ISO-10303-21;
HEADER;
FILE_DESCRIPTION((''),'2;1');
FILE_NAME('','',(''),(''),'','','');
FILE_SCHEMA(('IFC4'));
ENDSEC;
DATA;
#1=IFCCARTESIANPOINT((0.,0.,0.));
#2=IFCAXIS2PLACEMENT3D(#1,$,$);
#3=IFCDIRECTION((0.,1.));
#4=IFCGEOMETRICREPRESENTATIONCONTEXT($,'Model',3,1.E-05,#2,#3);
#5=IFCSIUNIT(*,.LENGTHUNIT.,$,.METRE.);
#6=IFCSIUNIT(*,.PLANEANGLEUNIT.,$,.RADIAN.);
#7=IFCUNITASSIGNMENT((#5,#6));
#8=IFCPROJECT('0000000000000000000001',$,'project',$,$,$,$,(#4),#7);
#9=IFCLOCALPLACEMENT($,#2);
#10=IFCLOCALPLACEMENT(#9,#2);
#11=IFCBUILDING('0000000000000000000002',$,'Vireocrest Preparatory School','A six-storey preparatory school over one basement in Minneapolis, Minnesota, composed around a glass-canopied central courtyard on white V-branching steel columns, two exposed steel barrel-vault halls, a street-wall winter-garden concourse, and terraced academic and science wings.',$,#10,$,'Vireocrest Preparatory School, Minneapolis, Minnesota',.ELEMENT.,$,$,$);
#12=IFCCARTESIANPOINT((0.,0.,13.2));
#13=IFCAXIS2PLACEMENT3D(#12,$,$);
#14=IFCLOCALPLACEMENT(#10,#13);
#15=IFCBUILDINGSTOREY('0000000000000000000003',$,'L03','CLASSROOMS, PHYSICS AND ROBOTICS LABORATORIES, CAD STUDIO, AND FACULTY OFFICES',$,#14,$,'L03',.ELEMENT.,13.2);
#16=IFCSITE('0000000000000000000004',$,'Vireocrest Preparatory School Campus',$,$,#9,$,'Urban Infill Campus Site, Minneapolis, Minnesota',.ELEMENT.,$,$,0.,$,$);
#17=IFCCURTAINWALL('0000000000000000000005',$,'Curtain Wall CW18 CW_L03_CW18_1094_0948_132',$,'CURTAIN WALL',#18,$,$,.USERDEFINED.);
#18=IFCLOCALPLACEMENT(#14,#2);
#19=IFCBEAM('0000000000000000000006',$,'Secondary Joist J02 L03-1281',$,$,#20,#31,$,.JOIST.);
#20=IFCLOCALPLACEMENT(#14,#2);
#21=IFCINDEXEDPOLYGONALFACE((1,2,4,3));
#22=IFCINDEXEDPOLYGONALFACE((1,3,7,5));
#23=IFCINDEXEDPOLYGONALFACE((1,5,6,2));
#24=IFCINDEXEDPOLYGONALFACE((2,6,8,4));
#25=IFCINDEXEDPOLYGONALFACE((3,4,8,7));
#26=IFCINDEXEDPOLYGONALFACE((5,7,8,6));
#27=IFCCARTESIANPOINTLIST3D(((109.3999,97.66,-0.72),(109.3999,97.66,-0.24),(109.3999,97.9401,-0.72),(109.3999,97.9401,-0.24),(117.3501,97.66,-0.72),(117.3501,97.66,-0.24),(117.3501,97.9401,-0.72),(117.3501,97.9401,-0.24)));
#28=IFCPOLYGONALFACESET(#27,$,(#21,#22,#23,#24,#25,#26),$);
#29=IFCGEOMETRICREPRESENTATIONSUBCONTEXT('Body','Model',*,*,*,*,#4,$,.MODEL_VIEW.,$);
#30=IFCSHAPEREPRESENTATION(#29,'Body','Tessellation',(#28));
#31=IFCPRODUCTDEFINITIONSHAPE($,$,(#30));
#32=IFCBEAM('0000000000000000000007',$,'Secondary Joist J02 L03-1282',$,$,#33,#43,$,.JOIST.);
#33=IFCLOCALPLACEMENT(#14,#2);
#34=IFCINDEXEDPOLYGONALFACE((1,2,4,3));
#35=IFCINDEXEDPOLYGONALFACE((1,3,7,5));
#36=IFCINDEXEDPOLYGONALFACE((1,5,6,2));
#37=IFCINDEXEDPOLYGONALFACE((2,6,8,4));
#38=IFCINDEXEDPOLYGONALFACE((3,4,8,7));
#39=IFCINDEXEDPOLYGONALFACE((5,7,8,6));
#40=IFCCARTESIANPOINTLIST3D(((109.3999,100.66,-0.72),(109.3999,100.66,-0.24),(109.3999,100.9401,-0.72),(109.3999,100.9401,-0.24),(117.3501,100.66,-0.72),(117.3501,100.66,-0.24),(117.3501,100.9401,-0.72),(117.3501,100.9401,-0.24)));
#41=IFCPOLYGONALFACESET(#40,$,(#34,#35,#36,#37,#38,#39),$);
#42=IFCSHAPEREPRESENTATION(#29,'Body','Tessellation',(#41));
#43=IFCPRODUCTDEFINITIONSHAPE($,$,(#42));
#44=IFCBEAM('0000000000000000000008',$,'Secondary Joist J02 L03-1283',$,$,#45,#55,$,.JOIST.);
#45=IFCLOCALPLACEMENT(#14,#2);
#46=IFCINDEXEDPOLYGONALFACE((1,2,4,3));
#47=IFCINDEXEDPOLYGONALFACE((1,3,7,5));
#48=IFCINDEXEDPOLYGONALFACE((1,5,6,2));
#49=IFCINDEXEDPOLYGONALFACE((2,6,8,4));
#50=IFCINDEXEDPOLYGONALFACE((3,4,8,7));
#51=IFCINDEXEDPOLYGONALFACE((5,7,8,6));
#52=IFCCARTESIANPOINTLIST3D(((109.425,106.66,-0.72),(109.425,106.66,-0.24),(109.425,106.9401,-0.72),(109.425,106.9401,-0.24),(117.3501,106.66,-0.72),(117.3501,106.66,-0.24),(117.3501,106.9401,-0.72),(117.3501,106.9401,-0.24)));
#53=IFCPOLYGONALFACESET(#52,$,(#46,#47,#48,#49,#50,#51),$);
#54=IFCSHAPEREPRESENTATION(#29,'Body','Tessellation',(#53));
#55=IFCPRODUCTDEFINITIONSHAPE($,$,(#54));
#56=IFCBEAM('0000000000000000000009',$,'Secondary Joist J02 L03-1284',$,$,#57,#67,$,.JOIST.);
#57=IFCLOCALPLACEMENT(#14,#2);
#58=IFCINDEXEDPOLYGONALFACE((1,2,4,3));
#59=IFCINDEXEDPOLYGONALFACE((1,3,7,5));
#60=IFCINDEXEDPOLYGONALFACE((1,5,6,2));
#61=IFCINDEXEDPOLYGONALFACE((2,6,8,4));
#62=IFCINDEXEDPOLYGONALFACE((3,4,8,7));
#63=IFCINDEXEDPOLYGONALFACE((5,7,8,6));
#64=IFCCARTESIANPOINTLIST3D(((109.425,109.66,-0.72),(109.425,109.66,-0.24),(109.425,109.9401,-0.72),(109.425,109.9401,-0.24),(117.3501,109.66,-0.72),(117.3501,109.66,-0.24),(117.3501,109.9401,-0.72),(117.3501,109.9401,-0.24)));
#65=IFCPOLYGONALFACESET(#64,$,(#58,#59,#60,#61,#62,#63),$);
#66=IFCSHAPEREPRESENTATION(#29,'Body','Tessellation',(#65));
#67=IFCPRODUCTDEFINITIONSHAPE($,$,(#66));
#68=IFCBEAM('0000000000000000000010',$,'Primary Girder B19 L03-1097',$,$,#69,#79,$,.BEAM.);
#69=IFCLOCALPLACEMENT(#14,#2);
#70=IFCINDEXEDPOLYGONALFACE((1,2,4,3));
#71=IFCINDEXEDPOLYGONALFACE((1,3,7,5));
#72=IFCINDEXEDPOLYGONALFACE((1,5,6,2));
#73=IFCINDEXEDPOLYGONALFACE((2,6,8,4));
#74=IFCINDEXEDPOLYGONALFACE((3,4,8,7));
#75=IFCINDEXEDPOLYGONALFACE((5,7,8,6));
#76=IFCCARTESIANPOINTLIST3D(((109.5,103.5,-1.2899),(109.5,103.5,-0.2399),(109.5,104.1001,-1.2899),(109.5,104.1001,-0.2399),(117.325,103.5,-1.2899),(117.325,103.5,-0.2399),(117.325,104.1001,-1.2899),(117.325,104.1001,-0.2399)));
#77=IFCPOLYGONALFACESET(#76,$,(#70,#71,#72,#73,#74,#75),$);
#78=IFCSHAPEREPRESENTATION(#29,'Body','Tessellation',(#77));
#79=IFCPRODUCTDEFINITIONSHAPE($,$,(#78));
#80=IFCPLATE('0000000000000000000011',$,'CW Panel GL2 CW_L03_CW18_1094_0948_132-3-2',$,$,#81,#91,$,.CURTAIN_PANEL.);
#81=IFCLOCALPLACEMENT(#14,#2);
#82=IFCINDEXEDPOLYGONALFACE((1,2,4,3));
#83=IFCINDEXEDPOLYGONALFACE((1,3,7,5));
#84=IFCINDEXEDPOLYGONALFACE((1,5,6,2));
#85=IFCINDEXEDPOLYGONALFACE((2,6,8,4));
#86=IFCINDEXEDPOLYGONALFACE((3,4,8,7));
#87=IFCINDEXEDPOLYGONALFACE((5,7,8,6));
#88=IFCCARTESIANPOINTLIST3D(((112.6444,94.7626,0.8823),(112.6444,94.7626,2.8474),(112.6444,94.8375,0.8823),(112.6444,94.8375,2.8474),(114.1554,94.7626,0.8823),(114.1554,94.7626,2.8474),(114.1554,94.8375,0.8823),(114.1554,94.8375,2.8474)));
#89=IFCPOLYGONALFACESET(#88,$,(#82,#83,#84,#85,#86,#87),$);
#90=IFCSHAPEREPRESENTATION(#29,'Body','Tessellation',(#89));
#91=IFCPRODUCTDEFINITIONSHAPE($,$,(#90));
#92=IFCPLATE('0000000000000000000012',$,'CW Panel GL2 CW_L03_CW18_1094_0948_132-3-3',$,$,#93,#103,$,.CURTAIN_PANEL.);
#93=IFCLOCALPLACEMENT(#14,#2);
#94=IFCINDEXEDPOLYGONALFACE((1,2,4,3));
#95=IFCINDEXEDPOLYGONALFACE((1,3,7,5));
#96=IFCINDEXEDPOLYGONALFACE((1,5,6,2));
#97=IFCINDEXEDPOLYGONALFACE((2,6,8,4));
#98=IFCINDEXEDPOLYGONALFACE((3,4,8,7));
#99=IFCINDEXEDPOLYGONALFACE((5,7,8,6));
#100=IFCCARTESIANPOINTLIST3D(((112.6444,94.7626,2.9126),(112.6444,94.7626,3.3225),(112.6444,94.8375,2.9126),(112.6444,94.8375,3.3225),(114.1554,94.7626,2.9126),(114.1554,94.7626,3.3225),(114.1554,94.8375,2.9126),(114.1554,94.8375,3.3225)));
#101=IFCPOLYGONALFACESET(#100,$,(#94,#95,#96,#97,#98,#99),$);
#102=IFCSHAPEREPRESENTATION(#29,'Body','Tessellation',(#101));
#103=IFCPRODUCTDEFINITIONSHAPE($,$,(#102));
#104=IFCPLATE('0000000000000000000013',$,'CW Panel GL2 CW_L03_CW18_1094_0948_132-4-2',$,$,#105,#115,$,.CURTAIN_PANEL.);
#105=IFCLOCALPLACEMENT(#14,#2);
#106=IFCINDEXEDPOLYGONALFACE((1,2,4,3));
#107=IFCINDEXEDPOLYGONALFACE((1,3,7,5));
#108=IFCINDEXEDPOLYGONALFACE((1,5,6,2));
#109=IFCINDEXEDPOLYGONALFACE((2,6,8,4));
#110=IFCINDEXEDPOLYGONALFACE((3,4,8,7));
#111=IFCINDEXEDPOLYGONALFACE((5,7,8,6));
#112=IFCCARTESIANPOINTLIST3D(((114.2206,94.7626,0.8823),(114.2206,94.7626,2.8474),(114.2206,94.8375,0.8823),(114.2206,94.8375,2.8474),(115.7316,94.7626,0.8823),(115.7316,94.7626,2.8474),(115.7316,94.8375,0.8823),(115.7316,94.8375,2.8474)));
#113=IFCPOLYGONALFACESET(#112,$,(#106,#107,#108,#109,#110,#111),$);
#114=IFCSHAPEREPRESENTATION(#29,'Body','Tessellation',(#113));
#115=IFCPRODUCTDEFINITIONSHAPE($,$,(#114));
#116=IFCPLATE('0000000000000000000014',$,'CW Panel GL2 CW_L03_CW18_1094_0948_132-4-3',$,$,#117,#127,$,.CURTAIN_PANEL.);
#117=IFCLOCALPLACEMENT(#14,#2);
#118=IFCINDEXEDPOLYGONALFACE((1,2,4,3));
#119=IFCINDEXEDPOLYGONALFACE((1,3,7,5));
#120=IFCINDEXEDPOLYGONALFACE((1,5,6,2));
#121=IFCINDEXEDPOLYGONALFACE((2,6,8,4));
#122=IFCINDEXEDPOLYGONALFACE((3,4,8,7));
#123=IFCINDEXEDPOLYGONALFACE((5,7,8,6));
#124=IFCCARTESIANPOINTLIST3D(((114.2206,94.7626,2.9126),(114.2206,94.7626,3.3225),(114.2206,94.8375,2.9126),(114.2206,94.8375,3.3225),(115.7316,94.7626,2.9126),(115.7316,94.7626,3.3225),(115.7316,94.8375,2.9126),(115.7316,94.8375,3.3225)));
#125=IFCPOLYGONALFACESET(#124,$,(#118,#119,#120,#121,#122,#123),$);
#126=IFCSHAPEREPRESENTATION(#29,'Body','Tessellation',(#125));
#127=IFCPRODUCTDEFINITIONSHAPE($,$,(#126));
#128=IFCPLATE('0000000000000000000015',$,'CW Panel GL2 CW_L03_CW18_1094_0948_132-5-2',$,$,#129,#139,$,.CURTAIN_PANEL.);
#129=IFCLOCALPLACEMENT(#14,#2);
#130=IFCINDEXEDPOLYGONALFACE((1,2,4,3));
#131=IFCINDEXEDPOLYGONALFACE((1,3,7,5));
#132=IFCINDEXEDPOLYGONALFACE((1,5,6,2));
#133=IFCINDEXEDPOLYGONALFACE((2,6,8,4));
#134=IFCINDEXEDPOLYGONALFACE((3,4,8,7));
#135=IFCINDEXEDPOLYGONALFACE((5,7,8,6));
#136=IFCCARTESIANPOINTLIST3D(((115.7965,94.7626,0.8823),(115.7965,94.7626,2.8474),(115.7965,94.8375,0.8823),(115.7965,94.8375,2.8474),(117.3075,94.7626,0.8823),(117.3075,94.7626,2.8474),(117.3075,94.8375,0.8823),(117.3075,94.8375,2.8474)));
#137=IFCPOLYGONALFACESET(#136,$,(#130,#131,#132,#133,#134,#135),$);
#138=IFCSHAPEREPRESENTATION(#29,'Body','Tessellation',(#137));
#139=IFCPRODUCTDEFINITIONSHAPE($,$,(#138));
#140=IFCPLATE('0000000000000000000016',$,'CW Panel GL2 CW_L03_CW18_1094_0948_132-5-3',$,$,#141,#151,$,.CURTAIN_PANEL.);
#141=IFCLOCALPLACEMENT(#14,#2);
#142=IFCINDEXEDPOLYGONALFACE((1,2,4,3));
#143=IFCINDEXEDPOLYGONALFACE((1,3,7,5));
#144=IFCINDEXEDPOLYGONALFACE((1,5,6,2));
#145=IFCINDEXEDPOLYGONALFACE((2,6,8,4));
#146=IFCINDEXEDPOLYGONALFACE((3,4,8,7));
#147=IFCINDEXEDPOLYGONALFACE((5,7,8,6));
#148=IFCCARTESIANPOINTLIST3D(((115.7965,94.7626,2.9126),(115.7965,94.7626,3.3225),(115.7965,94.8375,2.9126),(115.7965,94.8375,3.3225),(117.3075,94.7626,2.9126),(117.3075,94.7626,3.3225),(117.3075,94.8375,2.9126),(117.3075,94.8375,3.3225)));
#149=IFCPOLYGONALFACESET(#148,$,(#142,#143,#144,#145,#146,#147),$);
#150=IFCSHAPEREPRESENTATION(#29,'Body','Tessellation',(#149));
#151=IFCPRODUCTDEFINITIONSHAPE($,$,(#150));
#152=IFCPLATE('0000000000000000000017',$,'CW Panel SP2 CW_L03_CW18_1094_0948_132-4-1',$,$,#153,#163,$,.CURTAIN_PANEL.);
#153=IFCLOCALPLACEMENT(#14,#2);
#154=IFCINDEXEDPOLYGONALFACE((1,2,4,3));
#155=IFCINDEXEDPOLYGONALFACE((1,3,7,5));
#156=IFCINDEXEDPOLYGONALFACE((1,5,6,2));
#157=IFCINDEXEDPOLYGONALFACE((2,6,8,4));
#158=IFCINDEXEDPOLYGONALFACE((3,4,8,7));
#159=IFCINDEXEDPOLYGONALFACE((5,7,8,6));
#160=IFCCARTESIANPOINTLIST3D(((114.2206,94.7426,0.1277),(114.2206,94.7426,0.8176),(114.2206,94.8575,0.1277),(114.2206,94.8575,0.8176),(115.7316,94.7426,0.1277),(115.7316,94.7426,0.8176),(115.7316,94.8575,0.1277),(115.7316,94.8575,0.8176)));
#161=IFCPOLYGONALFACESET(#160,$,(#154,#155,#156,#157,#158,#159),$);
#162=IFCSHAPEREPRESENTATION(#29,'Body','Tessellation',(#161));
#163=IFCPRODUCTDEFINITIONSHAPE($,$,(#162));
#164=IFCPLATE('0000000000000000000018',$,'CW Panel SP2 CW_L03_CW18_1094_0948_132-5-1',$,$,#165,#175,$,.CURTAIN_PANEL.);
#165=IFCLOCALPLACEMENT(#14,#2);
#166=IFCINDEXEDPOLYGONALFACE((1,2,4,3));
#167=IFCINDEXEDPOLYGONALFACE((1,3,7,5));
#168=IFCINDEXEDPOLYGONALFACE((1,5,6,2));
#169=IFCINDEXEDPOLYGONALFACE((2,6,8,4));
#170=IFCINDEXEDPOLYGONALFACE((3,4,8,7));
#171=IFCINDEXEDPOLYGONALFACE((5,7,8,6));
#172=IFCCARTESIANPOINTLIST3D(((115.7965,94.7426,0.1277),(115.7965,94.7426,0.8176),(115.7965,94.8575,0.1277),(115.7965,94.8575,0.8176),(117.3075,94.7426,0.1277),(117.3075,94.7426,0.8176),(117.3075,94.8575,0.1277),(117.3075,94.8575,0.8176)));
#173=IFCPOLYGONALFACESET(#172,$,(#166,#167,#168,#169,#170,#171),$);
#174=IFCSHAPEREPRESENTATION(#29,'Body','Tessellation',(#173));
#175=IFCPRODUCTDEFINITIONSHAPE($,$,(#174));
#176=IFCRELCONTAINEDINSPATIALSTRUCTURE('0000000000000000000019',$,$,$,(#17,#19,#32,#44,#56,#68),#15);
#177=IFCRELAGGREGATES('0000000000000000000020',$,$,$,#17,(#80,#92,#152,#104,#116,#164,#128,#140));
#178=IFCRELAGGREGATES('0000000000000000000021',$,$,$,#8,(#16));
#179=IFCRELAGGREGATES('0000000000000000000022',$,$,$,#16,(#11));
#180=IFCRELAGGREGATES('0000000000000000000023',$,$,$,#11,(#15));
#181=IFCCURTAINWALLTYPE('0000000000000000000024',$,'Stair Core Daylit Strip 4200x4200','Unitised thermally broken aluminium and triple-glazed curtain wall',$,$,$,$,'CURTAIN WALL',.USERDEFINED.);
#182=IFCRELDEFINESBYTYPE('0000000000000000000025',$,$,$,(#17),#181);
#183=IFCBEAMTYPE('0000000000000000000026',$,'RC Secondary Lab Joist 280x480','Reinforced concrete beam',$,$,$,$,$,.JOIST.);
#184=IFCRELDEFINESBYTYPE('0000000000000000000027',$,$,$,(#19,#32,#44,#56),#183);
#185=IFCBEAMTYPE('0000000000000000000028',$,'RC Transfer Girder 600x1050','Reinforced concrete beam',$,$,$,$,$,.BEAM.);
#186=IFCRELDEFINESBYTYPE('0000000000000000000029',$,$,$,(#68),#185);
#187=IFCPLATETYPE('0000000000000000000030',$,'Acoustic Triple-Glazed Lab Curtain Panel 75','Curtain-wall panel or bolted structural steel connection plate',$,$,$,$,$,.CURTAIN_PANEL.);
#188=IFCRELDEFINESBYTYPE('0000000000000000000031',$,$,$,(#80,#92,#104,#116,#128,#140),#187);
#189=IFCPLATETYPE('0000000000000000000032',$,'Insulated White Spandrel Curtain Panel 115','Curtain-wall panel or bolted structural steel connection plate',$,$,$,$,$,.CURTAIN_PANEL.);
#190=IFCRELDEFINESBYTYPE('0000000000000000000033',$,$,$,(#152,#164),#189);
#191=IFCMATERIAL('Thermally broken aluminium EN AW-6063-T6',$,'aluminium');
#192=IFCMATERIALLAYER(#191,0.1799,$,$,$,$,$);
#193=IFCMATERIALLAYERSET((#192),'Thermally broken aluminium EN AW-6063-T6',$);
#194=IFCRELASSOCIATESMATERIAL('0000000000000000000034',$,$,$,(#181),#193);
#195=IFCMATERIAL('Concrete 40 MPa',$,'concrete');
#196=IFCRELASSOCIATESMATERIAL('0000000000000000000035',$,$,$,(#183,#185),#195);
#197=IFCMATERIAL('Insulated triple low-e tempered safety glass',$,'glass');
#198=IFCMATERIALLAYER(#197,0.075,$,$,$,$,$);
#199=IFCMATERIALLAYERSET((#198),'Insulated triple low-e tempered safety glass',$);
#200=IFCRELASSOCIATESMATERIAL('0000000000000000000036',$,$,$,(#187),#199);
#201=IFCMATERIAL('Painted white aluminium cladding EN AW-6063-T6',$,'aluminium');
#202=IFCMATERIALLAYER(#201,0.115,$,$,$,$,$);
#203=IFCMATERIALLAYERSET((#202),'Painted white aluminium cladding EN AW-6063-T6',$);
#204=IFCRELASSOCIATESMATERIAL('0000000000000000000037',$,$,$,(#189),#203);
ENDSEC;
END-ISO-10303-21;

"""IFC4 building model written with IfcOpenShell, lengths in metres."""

from ifc_helpers import new_model, si_unit, direction, frame, origin, origin_2d, place, context, subcontext, project, spatial, rectangle, extrude, material, layer, layer_set, material_profile, profile_set, type_object, element, aggregate, save


model = new_model("IFC4")

# Units and contexts
model_context = context("Model", 3, precision=1e-05, world=origin(), true_north=direction((0.0, 1.0)))
body_context = subcontext(model_context, "Body", "Model", "MODEL_VIEW")
ifc_project = project(units=[si_unit("LENGTHUNIT", "METRE"), si_unit("PLANEANGLEUNIT", "RADIAN")], contexts=[model_context])

# Site, building, storey
site_placement = place(None, origin())
site = spatial("IfcSite", under=ifc_project, at=site_placement, Name="Vireocrest Preparatory School Campus", LongName="Urban Infill Campus Site, Minneapolis, Minnesota", CompositionType="ELEMENT", RefElevation=0.0)
building_placement = place(site_placement, origin())
building = spatial("IfcBuilding", under=site, at=building_placement, Name="Vireocrest Preparatory School", Description="A six-storey preparatory school over one basement in Minneapolis, Minnesota, composed around a glass-canopied central courtyard on white V-branching steel columns, two exposed steel barrel-vault halls, a street-wall winter-garden concourse, and terraced academic and science wings.", LongName="Vireocrest Preparatory School, Minneapolis, Minnesota", CompositionType="ELEMENT")
storey_placement = place(building_placement, frame((0.0, 0.0, 13.2)))
storey = spatial("IfcBuildingStorey", under=building, at=storey_placement, Name="L03", Description="CLASSROOMS, PHYSICS AND ROBOTICS LABORATORIES, CAD STUDIO, AND FACULTY OFFICES", LongName="L03", CompositionType="ELEMENT", Elevation=13.2)

# Curtain wall
ifc_material_1 = material(Name="Thermally broken aluminium EN AW-6063-T6", Category="aluminium")
ifc_layer_1 = layer(ifc_material_1, 0.1799)
ifc_layer_set_1 = layer_set([ifc_layer_1], Name="Thermally broken aluminium EN AW-6063-T6")
curtain_wall_type = type_object("IfcCurtainWallType", Name="Stair Core Daylit Strip 4200x4200", Description="Unitised thermally broken aluminium and triple-glazed curtain wall", ElementType="CURTAIN WALL", PredefinedType="USERDEFINED", material=ifc_layer_set_1)
curtain_wall_placement = place(storey_placement, origin())
curtain_wall = element("IfcCurtainWall", 1, at=curtain_wall_placement, inside=storey, type_object=curtain_wall_type, Name="Curtain Wall CW18 CW_L03_CW18_1094_0948_132", ObjectType="CURTAIN WALL", PredefinedType="USERDEFINED")

# Beams
ifc_material_2 = material(Name="Concrete 40 MPa", Category="concrete")
ifc_material_profile_1 = material_profile(ifc_material_2, rectangle(XDim=0.28, YDim=0.48, at=origin_2d()), Name="RC 280x480")
ifc_profile_set_1 = profile_set([ifc_material_profile_1], Name="Concrete 40 MPa")
beam_type_1 = type_object("IfcBeamType", Name="RC Secondary Lab Joist 280x480", Description="Reinforced concrete beam", PredefinedType="JOIST", material=ifc_profile_set_1)
for number, where, z_axis, x_axis, name in (
    (2, (109.3999, 97.8, -0.48), (1.0, 0.0, 0.0), (0.0, 1.0, 0.0), "Secondary Joist J02 L03-1281"),
    (3, (109.3999, 100.8, -0.48), (1.0, 0.0, 0.0), (0.0, 1.0, 0.0), "Secondary Joist J02 L03-1282"),
):
    element("IfcBeam", number, at=place(storey_placement, frame(where, z_axis=z_axis, x_axis=x_axis)), inside=storey, type_object=beam_type_1, Name=name, PredefinedType="JOIST", context=body_context, shape_type="SweptSolid", body=[
        extrude(rectangle(XDim=0.28, YDim=0.48, at=origin_2d()), origin(), (0.0, 0.0, 1.0), 7.9502),
    ])
for number, where, z_axis, x_axis, name in (
    (4, (109.425, 106.8, -0.48), (1.0, 0.0, 0.0), (0.0, 1.0, 0.0), "Secondary Joist J02 L03-1283"),
    (5, (109.425, 109.8, -0.48), (1.0, 0.0, 0.0), (0.0, 1.0, 0.0), "Secondary Joist J02 L03-1284"),
):
    element("IfcBeam", number, at=place(storey_placement, frame(where, z_axis=z_axis, x_axis=x_axis)), inside=storey, type_object=beam_type_1, Name=name, PredefinedType="JOIST", context=body_context, shape_type="SweptSolid", body=[
        extrude(rectangle(XDim=0.28, YDim=0.48, at=origin_2d()), origin(), (0.0, 0.0, 1.0), 7.925),
    ])
ifc_material_profile_2 = material_profile(ifc_material_2, rectangle(XDim=0.6001, YDim=1.05, at=origin_2d()), Name="RC 600x1050")
ifc_profile_set_2 = profile_set([ifc_material_profile_2], Name="Concrete 40 MPa")
beam_type_2 = type_object("IfcBeamType", Name="RC Transfer Girder 600x1050", Description="Reinforced concrete beam", PredefinedType="BEAM", material=ifc_profile_set_2)
beam_1_placement = place(storey_placement, frame((109.5, 103.8, -0.7649), z_axis=(1.0, 0.0, 0.0), x_axis=(0.0, 1.0, 0.0)))
element("IfcBeam", 6, at=beam_1_placement, inside=storey, type_object=beam_type_2, Name="Primary Girder B19 L03-1097", PredefinedType="BEAM", context=body_context, shape_type="SweptSolid", body=[
    extrude(rectangle(XDim=0.6001, YDim=1.05, at=origin_2d()), origin(), (0.0, 0.0, 1.0), 7.825),
])

# Plates
ifc_material_3 = material(Name="Insulated triple low-e tempered safety glass", Category="glass")
ifc_layer_2 = layer(ifc_material_3, 0.075)
ifc_layer_set_2 = layer_set([ifc_layer_2], Name="Insulated triple low-e tempered safety glass")
plate_type_1 = type_object("IfcPlateType", Name="Acoustic Triple-Glazed Lab Curtain Panel 75", Description="Curtain-wall panel or bolted structural steel connection plate", PredefinedType="CURTAIN_PANEL", material=ifc_layer_set_2)
plate_1_placement = place(storey_placement, frame((113.3999, 94.8, 0.8823), z_axis=(0.0, 0.0, 1.0), x_axis=(1.0, 0.0, 0.0)))
plate_1 = element("IfcPlate", 7, at=plate_1_placement, type_object=plate_type_1, Name="CW Panel GL2 CW_L03_CW18_1094_0948_132-3-2", PredefinedType="CURTAIN_PANEL", context=body_context, shape_type="SweptSolid", body=[
    extrude(rectangle(XDim=1.511, YDim=0.075, at=origin_2d()), origin(), (0.0, 0.0, 1.0), 1.9651),
])
plate_2_placement = place(storey_placement, frame((113.3999, 94.8, 2.9126), z_axis=(0.0, 0.0, 1.0), x_axis=(1.0, 0.0, 0.0)))
plate_2 = element("IfcPlate", 8, at=plate_2_placement, type_object=plate_type_1, Name="CW Panel GL2 CW_L03_CW18_1094_0948_132-3-3", PredefinedType="CURTAIN_PANEL", context=body_context, shape_type="SweptSolid", body=[
    extrude(rectangle(XDim=1.511, YDim=0.075, at=origin_2d()), origin(), (0.0, 0.0, 1.0), 0.4099),
])
plate_3_placement = place(storey_placement, frame((114.9761, 94.8, 0.8823), z_axis=(0.0, 0.0, 1.0), x_axis=(1.0, 0.0, 0.0)))
plate_3 = element("IfcPlate", 9, at=plate_3_placement, type_object=plate_type_1, Name="CW Panel GL2 CW_L03_CW18_1094_0948_132-4-2", PredefinedType="CURTAIN_PANEL", context=body_context, shape_type="SweptSolid", body=[
    extrude(rectangle(XDim=1.511, YDim=0.075, at=origin_2d()), origin(), (0.0, 0.0, 1.0), 1.9651),
])
plate_4_placement = place(storey_placement, frame((114.9761, 94.8, 2.9126), z_axis=(0.0, 0.0, 1.0), x_axis=(1.0, 0.0, 0.0)))
plate_4 = element("IfcPlate", 10, at=plate_4_placement, type_object=plate_type_1, Name="CW Panel GL2 CW_L03_CW18_1094_0948_132-4-3", PredefinedType="CURTAIN_PANEL", context=body_context, shape_type="SweptSolid", body=[
    extrude(rectangle(XDim=1.511, YDim=0.075, at=origin_2d()), origin(), (0.0, 0.0, 1.0), 0.4099),
])
plate_5_placement = place(storey_placement, frame((116.552, 94.8, 0.8823), z_axis=(0.0, 0.0, 1.0), x_axis=(1.0, 0.0, 0.0)))
plate_5 = element("IfcPlate", 11, at=plate_5_placement, type_object=plate_type_1, Name="CW Panel GL2 CW_L03_CW18_1094_0948_132-5-2", PredefinedType="CURTAIN_PANEL", context=body_context, shape_type="SweptSolid", body=[
    extrude(rectangle(XDim=1.511, YDim=0.075, at=origin_2d()), origin(), (0.0, 0.0, 1.0), 1.9651),
])
plate_6_placement = place(storey_placement, frame((116.552, 94.8, 2.9126), z_axis=(0.0, 0.0, 1.0), x_axis=(1.0, 0.0, 0.0)))
plate_6 = element("IfcPlate", 12, at=plate_6_placement, type_object=plate_type_1, Name="CW Panel GL2 CW_L03_CW18_1094_0948_132-5-3", PredefinedType="CURTAIN_PANEL", context=body_context, shape_type="SweptSolid", body=[
    extrude(rectangle(XDim=1.511, YDim=0.075, at=origin_2d()), origin(), (0.0, 0.0, 1.0), 0.4099),
])
ifc_material_4 = material(Name="Painted white aluminium cladding EN AW-6063-T6", Category="aluminium")
ifc_layer_3 = layer(ifc_material_4, 0.115)
ifc_layer_set_3 = layer_set([ifc_layer_3], Name="Painted white aluminium cladding EN AW-6063-T6")
plate_type_2 = type_object("IfcPlateType", Name="Insulated White Spandrel Curtain Panel 115", Description="Curtain-wall panel or bolted structural steel connection plate", PredefinedType="CURTAIN_PANEL", material=ifc_layer_set_3)
plate_7_placement = place(storey_placement, frame((114.9761, 94.8, 0.1277), z_axis=(0.0, 0.0, 1.0), x_axis=(1.0, 0.0, 0.0)))
plate_7 = element("IfcPlate", 13, at=plate_7_placement, type_object=plate_type_2, Name="CW Panel SP2 CW_L03_CW18_1094_0948_132-4-1", PredefinedType="CURTAIN_PANEL", context=body_context, shape_type="SweptSolid", body=[
    extrude(rectangle(XDim=1.511, YDim=0.115, at=origin_2d()), origin(), (0.0, 0.0, 1.0), 0.6899),
])
plate_8_placement = place(storey_placement, frame((116.552, 94.8, 0.1277), z_axis=(0.0, 0.0, 1.0), x_axis=(1.0, 0.0, 0.0)))
plate_8 = element("IfcPlate", 14, at=plate_8_placement, type_object=plate_type_2, Name="CW Panel SP2 CW_L03_CW18_1094_0948_132-5-1", PredefinedType="CURTAIN_PANEL", context=body_context, shape_type="SweptSolid", body=[
    extrude(rectangle(XDim=1.511, YDim=0.115, at=origin_2d()), origin(), (0.0, 0.0, 1.0), 0.6899),
])
aggregate(curtain_wall, [plate_1, plate_2, plate_7, plate_3, plate_4, plate_8, plate_5, plate_6])

save(model, "model.ifc")
